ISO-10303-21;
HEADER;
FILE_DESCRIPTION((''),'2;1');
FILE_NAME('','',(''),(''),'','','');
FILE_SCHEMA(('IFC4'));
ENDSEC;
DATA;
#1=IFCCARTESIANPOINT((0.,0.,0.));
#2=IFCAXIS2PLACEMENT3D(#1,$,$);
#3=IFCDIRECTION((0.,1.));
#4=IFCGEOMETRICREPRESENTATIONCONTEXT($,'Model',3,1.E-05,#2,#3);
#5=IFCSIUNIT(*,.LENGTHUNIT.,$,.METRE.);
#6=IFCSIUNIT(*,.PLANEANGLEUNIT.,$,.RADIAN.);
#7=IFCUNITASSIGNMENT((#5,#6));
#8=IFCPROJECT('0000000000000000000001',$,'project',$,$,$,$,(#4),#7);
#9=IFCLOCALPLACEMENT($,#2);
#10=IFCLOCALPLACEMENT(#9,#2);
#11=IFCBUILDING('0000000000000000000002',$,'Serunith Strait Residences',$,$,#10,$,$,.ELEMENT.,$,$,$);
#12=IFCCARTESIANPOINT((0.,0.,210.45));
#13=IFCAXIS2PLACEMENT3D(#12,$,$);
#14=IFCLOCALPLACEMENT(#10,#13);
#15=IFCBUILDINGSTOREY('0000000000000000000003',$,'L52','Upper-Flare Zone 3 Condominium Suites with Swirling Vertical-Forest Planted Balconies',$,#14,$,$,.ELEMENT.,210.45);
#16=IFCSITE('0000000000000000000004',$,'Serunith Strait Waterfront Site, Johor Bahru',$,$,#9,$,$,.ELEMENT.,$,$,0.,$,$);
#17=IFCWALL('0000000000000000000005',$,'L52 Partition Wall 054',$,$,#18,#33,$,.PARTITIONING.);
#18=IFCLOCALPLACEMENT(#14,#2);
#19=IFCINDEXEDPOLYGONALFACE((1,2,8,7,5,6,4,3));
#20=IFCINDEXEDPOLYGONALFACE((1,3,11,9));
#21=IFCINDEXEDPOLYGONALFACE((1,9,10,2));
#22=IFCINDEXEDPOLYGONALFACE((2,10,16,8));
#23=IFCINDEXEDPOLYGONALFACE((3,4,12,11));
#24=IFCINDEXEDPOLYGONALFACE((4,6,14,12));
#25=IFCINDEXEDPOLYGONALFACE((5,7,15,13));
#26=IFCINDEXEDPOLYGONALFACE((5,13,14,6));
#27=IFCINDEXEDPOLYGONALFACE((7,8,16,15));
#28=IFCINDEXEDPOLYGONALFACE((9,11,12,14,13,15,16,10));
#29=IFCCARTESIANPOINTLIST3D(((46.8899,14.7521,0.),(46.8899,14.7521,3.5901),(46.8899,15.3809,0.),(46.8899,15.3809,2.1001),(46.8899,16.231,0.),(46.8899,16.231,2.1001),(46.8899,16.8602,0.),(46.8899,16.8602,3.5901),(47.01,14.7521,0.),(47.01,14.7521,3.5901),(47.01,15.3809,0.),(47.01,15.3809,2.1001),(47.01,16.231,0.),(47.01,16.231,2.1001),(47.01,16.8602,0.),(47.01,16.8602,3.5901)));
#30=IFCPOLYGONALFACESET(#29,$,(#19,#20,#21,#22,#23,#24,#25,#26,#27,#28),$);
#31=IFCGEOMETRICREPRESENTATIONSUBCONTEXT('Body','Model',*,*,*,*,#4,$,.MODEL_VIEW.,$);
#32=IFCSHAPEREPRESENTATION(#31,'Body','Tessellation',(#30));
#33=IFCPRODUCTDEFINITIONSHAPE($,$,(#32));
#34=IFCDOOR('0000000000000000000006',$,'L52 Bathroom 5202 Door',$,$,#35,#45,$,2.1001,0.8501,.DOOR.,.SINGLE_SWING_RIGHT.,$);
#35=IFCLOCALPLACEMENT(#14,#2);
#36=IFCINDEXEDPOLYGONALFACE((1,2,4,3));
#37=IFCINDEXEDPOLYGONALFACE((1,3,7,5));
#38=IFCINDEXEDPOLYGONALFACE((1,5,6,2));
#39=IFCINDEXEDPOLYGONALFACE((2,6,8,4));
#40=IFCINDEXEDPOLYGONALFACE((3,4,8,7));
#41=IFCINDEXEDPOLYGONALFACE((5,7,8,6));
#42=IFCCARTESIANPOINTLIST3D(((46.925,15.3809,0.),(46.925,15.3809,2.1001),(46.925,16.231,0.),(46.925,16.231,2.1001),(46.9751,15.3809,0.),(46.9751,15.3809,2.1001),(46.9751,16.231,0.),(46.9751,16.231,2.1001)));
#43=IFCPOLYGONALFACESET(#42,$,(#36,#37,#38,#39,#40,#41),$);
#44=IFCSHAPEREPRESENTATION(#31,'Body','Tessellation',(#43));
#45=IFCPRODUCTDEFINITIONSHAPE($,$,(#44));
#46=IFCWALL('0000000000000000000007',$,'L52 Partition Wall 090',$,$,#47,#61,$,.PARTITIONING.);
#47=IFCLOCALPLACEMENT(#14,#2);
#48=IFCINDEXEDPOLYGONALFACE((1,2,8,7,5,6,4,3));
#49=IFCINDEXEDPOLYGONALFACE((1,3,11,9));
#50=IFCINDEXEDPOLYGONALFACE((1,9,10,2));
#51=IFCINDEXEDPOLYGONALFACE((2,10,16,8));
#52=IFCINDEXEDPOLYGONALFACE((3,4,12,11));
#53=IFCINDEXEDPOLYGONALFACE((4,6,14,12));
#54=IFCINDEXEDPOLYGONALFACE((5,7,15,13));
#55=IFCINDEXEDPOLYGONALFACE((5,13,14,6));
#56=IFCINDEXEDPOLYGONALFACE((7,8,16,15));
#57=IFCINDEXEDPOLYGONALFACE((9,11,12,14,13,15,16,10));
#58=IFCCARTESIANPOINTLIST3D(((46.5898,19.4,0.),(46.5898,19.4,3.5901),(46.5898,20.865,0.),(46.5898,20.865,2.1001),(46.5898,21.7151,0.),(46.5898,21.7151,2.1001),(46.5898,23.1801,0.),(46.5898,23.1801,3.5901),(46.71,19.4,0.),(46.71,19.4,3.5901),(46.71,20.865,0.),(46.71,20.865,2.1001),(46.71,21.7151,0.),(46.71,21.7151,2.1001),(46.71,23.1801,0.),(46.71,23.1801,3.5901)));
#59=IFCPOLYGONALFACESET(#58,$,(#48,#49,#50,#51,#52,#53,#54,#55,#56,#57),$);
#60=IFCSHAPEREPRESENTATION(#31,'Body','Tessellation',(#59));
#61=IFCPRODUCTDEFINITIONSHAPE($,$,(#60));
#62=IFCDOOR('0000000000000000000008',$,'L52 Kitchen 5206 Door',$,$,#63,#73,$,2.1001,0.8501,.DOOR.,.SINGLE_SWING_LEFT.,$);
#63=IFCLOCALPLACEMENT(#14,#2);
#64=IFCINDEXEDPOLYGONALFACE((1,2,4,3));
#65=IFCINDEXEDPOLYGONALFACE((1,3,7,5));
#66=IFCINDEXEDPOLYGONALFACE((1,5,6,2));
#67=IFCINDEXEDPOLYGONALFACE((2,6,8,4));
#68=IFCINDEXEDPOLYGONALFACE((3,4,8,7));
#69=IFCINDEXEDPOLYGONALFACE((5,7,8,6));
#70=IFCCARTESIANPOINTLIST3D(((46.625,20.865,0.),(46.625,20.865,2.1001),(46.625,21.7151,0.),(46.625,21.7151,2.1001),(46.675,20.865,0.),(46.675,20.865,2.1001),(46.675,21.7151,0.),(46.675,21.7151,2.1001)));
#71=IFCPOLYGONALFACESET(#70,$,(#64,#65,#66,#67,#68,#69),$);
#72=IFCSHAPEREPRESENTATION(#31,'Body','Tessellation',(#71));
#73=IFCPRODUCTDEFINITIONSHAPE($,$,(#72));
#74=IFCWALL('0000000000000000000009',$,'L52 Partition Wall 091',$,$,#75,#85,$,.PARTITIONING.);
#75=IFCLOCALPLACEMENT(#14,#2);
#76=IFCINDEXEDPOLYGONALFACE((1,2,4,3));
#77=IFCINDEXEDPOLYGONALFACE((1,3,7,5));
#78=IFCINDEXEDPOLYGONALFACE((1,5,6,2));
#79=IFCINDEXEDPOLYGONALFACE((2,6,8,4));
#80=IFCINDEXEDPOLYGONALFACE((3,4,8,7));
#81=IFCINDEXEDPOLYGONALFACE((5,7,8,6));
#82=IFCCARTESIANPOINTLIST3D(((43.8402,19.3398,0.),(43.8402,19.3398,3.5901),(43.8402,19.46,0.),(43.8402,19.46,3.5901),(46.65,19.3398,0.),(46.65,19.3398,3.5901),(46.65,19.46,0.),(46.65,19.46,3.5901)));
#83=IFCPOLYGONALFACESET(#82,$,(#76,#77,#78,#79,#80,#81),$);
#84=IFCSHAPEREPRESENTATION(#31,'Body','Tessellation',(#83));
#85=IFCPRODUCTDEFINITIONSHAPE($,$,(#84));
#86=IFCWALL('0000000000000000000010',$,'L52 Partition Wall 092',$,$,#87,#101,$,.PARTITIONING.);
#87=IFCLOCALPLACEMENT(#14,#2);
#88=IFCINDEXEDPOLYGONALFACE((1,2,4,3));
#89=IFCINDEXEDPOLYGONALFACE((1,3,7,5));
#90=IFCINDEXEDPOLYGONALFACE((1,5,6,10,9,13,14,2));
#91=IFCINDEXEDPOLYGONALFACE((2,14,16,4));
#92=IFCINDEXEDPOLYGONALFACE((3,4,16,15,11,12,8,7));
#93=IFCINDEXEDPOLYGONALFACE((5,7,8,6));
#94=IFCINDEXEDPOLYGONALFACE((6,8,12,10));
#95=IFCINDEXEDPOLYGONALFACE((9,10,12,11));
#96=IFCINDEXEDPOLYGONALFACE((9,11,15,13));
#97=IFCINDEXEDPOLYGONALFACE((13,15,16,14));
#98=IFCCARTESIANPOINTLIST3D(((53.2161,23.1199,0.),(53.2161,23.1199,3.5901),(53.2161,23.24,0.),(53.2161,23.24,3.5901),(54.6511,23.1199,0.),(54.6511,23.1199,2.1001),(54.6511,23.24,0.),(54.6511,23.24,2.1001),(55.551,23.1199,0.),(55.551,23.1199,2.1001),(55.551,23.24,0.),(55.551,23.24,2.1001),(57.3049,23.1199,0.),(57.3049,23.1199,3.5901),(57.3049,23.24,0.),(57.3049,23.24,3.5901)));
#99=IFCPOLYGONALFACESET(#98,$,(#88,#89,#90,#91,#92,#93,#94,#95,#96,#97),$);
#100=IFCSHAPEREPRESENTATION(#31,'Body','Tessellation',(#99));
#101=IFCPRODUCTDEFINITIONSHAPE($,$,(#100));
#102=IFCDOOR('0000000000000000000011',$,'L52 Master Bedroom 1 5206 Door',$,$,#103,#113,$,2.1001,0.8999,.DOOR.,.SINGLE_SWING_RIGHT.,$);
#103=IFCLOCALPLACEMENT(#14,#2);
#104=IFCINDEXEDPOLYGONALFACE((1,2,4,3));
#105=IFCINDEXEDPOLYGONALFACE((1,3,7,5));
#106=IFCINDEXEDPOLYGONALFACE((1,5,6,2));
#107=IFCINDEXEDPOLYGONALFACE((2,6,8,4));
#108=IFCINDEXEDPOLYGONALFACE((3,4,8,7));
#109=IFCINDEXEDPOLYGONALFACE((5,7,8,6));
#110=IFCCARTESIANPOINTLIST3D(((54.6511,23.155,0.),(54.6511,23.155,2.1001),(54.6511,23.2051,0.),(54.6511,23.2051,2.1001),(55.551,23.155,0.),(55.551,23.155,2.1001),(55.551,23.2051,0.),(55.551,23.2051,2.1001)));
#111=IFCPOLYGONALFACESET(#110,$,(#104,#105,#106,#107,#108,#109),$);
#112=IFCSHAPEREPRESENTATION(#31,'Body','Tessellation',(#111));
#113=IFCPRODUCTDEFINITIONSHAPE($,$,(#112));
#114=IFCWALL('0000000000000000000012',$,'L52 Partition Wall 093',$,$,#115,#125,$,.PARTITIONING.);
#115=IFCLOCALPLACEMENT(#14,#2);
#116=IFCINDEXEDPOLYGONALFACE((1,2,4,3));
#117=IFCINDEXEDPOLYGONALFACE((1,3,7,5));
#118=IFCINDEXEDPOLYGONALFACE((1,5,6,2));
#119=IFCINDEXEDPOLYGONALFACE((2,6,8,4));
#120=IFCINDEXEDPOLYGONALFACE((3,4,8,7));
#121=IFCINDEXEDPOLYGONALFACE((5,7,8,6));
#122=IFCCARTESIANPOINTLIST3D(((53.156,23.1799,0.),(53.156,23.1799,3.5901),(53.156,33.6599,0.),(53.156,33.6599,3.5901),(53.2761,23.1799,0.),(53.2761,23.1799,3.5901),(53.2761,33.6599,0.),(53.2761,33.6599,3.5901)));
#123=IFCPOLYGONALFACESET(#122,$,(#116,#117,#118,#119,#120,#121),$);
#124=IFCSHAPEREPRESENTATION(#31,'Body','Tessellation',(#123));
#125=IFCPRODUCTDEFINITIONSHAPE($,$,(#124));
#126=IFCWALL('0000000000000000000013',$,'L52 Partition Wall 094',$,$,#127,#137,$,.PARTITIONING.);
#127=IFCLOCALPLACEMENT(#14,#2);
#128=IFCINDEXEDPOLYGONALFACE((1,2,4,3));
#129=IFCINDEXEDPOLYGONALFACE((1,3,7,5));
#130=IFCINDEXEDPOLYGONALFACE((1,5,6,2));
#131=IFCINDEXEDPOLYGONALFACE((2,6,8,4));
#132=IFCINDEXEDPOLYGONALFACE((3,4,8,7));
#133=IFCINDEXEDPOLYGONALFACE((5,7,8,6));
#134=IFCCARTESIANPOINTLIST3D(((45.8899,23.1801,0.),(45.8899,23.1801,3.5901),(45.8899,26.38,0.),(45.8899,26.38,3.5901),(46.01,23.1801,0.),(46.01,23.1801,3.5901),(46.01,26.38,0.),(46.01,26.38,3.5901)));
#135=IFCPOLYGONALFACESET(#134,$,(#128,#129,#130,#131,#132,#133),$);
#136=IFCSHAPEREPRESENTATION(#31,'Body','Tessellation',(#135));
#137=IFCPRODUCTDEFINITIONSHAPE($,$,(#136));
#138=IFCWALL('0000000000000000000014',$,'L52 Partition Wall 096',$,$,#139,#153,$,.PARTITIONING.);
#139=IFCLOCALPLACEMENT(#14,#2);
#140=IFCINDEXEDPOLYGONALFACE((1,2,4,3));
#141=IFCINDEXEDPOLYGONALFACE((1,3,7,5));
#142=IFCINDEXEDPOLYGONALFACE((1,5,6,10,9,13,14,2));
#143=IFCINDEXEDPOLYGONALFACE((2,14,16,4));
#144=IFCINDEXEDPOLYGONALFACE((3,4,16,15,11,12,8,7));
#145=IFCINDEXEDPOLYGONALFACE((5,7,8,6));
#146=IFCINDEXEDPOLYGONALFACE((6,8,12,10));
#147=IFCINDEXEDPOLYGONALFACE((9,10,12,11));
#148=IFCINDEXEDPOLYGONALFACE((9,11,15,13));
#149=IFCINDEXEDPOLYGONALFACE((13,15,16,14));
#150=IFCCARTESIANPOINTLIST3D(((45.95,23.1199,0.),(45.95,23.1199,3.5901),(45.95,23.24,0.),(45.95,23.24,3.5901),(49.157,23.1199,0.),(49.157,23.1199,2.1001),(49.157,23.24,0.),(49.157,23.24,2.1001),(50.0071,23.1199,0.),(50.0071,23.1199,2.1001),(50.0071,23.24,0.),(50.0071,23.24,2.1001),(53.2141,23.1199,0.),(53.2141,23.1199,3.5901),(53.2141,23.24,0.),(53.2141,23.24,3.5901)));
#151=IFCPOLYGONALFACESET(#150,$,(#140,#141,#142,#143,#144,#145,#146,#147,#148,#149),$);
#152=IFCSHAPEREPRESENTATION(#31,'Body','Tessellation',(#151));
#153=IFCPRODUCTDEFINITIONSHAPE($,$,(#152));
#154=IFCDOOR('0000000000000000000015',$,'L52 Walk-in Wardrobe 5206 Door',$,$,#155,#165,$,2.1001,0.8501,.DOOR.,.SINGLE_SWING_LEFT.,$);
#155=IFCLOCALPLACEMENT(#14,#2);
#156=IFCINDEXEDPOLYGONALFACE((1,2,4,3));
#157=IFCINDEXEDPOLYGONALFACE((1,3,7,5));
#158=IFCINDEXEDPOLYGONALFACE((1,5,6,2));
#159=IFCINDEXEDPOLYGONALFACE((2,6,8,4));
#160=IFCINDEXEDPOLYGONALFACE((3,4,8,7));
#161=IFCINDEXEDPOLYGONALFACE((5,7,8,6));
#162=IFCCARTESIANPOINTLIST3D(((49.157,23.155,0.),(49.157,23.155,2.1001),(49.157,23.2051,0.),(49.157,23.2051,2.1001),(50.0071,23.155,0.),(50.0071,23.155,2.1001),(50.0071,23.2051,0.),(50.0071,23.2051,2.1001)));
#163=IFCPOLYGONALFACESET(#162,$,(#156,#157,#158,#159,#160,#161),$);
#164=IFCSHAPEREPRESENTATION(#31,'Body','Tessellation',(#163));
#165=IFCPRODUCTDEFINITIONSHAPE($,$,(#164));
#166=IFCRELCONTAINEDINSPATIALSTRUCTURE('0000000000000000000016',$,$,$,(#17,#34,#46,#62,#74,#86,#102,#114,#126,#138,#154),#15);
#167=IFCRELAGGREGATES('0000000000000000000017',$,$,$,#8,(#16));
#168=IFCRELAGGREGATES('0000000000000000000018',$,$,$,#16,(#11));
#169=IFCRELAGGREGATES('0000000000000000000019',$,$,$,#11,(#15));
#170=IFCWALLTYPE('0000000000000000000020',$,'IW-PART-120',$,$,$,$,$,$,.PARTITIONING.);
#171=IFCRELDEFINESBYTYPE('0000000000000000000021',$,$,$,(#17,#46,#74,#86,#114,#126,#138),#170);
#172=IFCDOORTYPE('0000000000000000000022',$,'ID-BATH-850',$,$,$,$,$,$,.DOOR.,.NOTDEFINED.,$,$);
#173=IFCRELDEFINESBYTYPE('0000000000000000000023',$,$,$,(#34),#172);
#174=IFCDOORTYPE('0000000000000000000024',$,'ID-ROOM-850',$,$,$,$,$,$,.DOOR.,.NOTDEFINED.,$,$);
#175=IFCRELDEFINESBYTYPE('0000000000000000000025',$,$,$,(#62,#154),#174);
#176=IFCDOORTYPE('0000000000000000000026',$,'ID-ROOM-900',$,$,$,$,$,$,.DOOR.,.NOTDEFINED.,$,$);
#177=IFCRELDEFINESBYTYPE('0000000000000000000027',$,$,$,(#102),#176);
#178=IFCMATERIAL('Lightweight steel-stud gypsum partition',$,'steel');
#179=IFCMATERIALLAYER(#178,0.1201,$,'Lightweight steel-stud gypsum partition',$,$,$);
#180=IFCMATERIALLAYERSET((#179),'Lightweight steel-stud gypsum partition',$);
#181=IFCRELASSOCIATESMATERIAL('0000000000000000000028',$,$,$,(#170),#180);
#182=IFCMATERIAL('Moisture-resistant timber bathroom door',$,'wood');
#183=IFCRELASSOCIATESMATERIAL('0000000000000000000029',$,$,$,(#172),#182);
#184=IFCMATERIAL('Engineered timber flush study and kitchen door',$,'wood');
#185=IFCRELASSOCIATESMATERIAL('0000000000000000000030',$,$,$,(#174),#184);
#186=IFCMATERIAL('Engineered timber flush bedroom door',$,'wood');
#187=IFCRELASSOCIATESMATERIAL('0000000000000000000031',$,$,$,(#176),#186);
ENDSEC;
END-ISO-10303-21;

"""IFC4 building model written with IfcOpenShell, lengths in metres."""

from ifc_helpers import new_model, si_unit, direction, frame, frame_2d, origin, place, context, subcontext, project, spatial, rectangle, extrude, source, transform, mapped, material, layer, layer_set, type_object, element, fill, save


model = new_model("IFC4")

# Units and contexts
model_context = context("Model", 3, precision=1e-05, world=origin(), true_north=direction((0.0, 1.0)))
body_context = subcontext(model_context, "Body", "Model", "MODEL_VIEW")
ifc_project = project(units=[si_unit("LENGTHUNIT", "METRE"), si_unit("PLANEANGLEUNIT", "RADIAN")], contexts=[model_context])

# Site, building, storey
site_placement = place(None, origin())
site = spatial("IfcSite", under=ifc_project, at=site_placement, Name="Serunith Strait Waterfront Site, Johor Bahru", CompositionType="ELEMENT", RefElevation=0.0)
building_placement = place(site_placement, origin())
building = spatial("IfcBuilding", under=site, at=building_placement, Name="Serunith Strait Residences", CompositionType="ELEMENT")
storey_placement = place(building_placement, frame((0.0, 0.0, 210.45)))
storey = spatial("IfcBuildingStorey", under=building, at=storey_placement, Name="L52", Description="Upper-Flare Zone 3 Condominium Suites with Swirling Vertical-Forest Planted Balconies", CompositionType="ELEMENT", Elevation=210.45)

# Shared definitions
ifc_material_1 = material(Name="Lightweight steel-stud gypsum partition", Category="steel")
ifc_layer_1 = layer(ifc_material_1, 0.1201, Name="Lightweight steel-stud gypsum partition")
ifc_layer_set_1 = layer_set([ifc_layer_1], Name="Lightweight steel-stud gypsum partition")
wall_type = type_object("IfcWallType", Name="IW-PART-120", PredefinedType="PARTITIONING", material=ifc_layer_set_1)

# Walls, openings, doors
wall_1_placement = place(storey_placement, frame((46.95, 14.752, 0.0), z_axis=(0.0, 0.0, 1.0), x_axis=(0.0, 1.0, 0.0)))
wall_1 = element("IfcWall", 1, at=wall_1_placement, inside=storey, type_object=wall_type, Name="L52 Partition Wall 054", PredefinedType="PARTITIONING", context=body_context, shape_type="SweptSolid", body=[
    extrude(rectangle(XDim=2.1082, YDim=0.1201, at=frame_2d((1.0542, 0.0))), origin(), (0.0, 0.0, 1.0), 3.5901),
])
opening_1_placement = place(wall_1_placement, frame((0.6289, 0.0, 0.0)))
opening_1 = element("IfcOpeningElement", 2, at=opening_1_placement, cuts=wall_1, PredefinedType="OPENING", context=body_context, shape_type="SweptSolid", body=[
    extrude(rectangle(XDim=0.8501, YDim=2.1001, at=frame_2d((0.425, 1.05))), frame((0.0, 0.0701, 0.0), z_axis=(0.0, -1.0, 0.0), x_axis=(1.0, 0.0, 0.0)), (0.0, 0.0, 1.0), 0.1401),
])
ifc_material_2 = material(Name="Moisture-resistant timber bathroom door", Category="wood")
door_type_1 = type_object("IfcDoorType", Name="ID-BATH-850", OperationType="NOTDEFINED", PredefinedType="DOOR", material=ifc_material_2)
shared_shape_1 = source(origin(), body_context, "Body", "SweptSolid", [
    extrude(rectangle(XDim=0.8501, YDim=2.1001, at=frame_2d((0.425, 1.05))), frame((0.0, 0.0249, 0.0), z_axis=(0.0, -1.0, 0.0), x_axis=(1.0, 0.0, 0.0)), (0.0, 0.0, 1.0), 0.05),
])
door_1_placement = place(opening_1_placement, origin())
door_1 = element("IfcDoor", 3, at=door_1_placement, inside=storey, type_object=door_type_1, Name="L52 Bathroom 5202 Door", OperationType="SINGLE_SWING_RIGHT", OverallHeight=2.1001, OverallWidth=0.8501, PredefinedType="DOOR", context=body_context, shape_type="MappedRepresentation", body=[
    mapped(shared_shape_1, transform((0.0, 0.0, 0.0), scale=1.0)),
])
fill(opening_1, door_1)
wall_2_placement = place(storey_placement, frame((46.6499, 19.3999, 0.0), z_axis=(0.0, 0.0, 1.0), x_axis=(0.0, 1.0, 0.0)))
wall_2 = element("IfcWall", 4, at=wall_2_placement, inside=storey, type_object=wall_type, Name="L52 Partition Wall 090", PredefinedType="PARTITIONING", context=body_context, shape_type="SweptSolid", body=[
    extrude(rectangle(XDim=3.78, YDim=0.1201, at=frame_2d((1.8901, 0.0))), origin(), (0.0, 0.0, 1.0), 3.5901),
])
opening_2_placement = place(wall_2_placement, frame((1.4651, 0.0, 0.0)))
opening_2 = element("IfcOpeningElement", 5, at=opening_2_placement, cuts=wall_2, PredefinedType="OPENING", context=body_context, shape_type="SweptSolid", body=[
    extrude(rectangle(XDim=0.8501, YDim=2.1001, at=frame_2d((0.425, 1.05))), frame((0.0, 0.0701, 0.0), z_axis=(0.0, -1.0, 0.0), x_axis=(1.0, 0.0, 0.0)), (0.0, 0.0, 1.0), 0.1401),
])
ifc_material_3 = material(Name="Engineered timber flush study and kitchen door", Category="wood")
door_type_2 = type_object("IfcDoorType", Name="ID-ROOM-850", OperationType="NOTDEFINED", PredefinedType="DOOR", material=ifc_material_3)
door_2_placement = place(opening_2_placement, origin())
door_2 = element("IfcDoor", 6, at=door_2_placement, inside=storey, type_object=door_type_2, Name="L52 Kitchen 5206 Door", OperationType="SINGLE_SWING_LEFT", OverallHeight=2.1001, OverallWidth=0.8501, PredefinedType="DOOR", context=body_context, shape_type="MappedRepresentation", body=[
    mapped(shared_shape_1, transform((0.0, 0.0, 0.0), scale=1.0)),
])
fill(opening_2, door_2)

# Wall
wall_3_placement = place(storey_placement, frame((46.6499, 19.3999, 0.0), z_axis=(0.0, 0.0, 1.0), x_axis=(-1.0, 0.0, 0.0)))
element("IfcWall", 7, at=wall_3_placement, inside=storey, type_object=wall_type, Name="L52 Partition Wall 091", PredefinedType="PARTITIONING", context=body_context, shape_type="SweptSolid", body=[
    extrude(rectangle(XDim=2.8098, YDim=0.1201, at=frame_2d((1.4048, 0.0))), origin(), (0.0, 0.0, 1.0), 3.5901),
])

# Wall, opening, door
wall_4_placement = place(storey_placement, frame((57.3049, 23.1799, 0.0), z_axis=(0.0, 0.0, 1.0), x_axis=(-1.0, 0.0, 0.0)))
wall_4 = element("IfcWall", 8, at=wall_4_placement, inside=storey, type_object=wall_type, Name="L52 Partition Wall 092", PredefinedType="PARTITIONING", context=body_context, shape_type="SweptSolid", body=[
    extrude(rectangle(XDim=4.0889, YDim=0.1201, at=frame_2d((2.0444, 0.0))), origin(), (0.0, 0.0, 1.0), 3.5901),
])
opening_3_placement = place(wall_4_placement, frame((1.7539, 0.0, 0.0)))
opening_3 = element("IfcOpeningElement", 9, at=opening_3_placement, cuts=wall_4, PredefinedType="OPENING", context=body_context, shape_type="SweptSolid", body=[
    extrude(rectangle(XDim=0.8999, YDim=2.1001, at=frame_2d((0.45, 1.05))), frame((0.0, 0.0701, 0.0), z_axis=(0.0, -1.0, 0.0), x_axis=(1.0, 0.0, 0.0)), (0.0, 0.0, 1.0), 0.1401),
])
ifc_material_4 = material(Name="Engineered timber flush bedroom door", Category="wood")
door_type_3 = type_object("IfcDoorType", Name="ID-ROOM-900", OperationType="NOTDEFINED", PredefinedType="DOOR", material=ifc_material_4)
shared_shape_2 = source(origin(), body_context, "Body", "SweptSolid", [
    extrude(rectangle(XDim=0.8999, YDim=2.1001, at=frame_2d((0.45, 1.05))), frame((0.0, 0.0249, 0.0), z_axis=(0.0, -1.0, 0.0), x_axis=(1.0, 0.0, 0.0)), (0.0, 0.0, 1.0), 0.05),
])
door_3_placement = place(opening_3_placement, origin())
door_3 = element("IfcDoor", 10, at=door_3_placement, inside=storey, type_object=door_type_3, Name="L52 Master Bedroom 1 5206 Door", OperationType="SINGLE_SWING_RIGHT", OverallHeight=2.1001, OverallWidth=0.8999, PredefinedType="DOOR", context=body_context, shape_type="MappedRepresentation", body=[
    mapped(shared_shape_2, transform((0.0, 0.0, 0.0), scale=1.0)),
])
fill(opening_3, door_3)

# Walls
wall_5_placement = place(storey_placement, frame((53.2161, 23.1799, 0.0), z_axis=(0.0, 0.0, 1.0), x_axis=(0.0, 1.0, 0.0)))
element("IfcWall", 11, at=wall_5_placement, inside=storey, type_object=wall_type, Name="L52 Partition Wall 093", PredefinedType="PARTITIONING", context=body_context, shape_type="SweptSolid", body=[
    extrude(rectangle(XDim=10.48, YDim=0.1201, at=frame_2d((5.24, 0.0))), origin(), (0.0, 0.0, 1.0), 3.5901),
])
wall_6_placement = place(storey_placement, frame((45.95, 23.1799, 0.0), z_axis=(0.0, 0.0, 1.0), x_axis=(0.0, 1.0, 0.0)))
element("IfcWall", 12, at=wall_6_placement, inside=storey, type_object=wall_type, Name="L52 Partition Wall 094", PredefinedType="PARTITIONING", context=body_context, shape_type="SweptSolid", body=[
    extrude(rectangle(XDim=3.2, YDim=0.1201, at=frame_2d((1.6001, 0.0))), origin(), (0.0, 0.0, 1.0), 3.5901),
])

# Wall, opening, door
wall_7_placement = place(storey_placement, frame((53.2141, 23.1799, 0.0), z_axis=(0.0, 0.0, 1.0), x_axis=(-1.0, 0.0, 0.0)))
wall_7 = element("IfcWall", 13, at=wall_7_placement, inside=storey, type_object=wall_type, Name="L52 Partition Wall 096", PredefinedType="PARTITIONING", context=body_context, shape_type="SweptSolid", body=[
    extrude(rectangle(XDim=7.2642, YDim=0.1201, at=frame_2d((3.6321, 0.0))), origin(), (0.0, 0.0, 1.0), 3.5901),
])
opening_4_placement = place(wall_7_placement, frame((3.207, 0.0, 0.0)))
opening_4 = element("IfcOpeningElement", 14, at=opening_4_placement, cuts=wall_7, PredefinedType="OPENING", context=body_context, shape_type="SweptSolid", body=[
    extrude(rectangle(XDim=0.8501, YDim=2.1001, at=frame_2d((0.425, 1.05))), frame((0.0, 0.0701, 0.0), z_axis=(0.0, -1.0, 0.0), x_axis=(1.0, 0.0, 0.0)), (0.0, 0.0, 1.0), 0.1401),
])
door_4_placement = place(opening_4_placement, origin())
door_4 = element("IfcDoor", 15, at=door_4_placement, inside=storey, type_object=door_type_2, Name="L52 Walk-in Wardrobe 5206 Door", OperationType="SINGLE_SWING_LEFT", OverallHeight=2.1001, OverallWidth=0.8501, PredefinedType="DOOR", context=body_context, shape_type="MappedRepresentation", body=[
    mapped(shared_shape_1, transform((0.0, 0.0, 0.0), scale=1.0)),
])
fill(opening_4, door_4)

save(model, "model.ifc")
